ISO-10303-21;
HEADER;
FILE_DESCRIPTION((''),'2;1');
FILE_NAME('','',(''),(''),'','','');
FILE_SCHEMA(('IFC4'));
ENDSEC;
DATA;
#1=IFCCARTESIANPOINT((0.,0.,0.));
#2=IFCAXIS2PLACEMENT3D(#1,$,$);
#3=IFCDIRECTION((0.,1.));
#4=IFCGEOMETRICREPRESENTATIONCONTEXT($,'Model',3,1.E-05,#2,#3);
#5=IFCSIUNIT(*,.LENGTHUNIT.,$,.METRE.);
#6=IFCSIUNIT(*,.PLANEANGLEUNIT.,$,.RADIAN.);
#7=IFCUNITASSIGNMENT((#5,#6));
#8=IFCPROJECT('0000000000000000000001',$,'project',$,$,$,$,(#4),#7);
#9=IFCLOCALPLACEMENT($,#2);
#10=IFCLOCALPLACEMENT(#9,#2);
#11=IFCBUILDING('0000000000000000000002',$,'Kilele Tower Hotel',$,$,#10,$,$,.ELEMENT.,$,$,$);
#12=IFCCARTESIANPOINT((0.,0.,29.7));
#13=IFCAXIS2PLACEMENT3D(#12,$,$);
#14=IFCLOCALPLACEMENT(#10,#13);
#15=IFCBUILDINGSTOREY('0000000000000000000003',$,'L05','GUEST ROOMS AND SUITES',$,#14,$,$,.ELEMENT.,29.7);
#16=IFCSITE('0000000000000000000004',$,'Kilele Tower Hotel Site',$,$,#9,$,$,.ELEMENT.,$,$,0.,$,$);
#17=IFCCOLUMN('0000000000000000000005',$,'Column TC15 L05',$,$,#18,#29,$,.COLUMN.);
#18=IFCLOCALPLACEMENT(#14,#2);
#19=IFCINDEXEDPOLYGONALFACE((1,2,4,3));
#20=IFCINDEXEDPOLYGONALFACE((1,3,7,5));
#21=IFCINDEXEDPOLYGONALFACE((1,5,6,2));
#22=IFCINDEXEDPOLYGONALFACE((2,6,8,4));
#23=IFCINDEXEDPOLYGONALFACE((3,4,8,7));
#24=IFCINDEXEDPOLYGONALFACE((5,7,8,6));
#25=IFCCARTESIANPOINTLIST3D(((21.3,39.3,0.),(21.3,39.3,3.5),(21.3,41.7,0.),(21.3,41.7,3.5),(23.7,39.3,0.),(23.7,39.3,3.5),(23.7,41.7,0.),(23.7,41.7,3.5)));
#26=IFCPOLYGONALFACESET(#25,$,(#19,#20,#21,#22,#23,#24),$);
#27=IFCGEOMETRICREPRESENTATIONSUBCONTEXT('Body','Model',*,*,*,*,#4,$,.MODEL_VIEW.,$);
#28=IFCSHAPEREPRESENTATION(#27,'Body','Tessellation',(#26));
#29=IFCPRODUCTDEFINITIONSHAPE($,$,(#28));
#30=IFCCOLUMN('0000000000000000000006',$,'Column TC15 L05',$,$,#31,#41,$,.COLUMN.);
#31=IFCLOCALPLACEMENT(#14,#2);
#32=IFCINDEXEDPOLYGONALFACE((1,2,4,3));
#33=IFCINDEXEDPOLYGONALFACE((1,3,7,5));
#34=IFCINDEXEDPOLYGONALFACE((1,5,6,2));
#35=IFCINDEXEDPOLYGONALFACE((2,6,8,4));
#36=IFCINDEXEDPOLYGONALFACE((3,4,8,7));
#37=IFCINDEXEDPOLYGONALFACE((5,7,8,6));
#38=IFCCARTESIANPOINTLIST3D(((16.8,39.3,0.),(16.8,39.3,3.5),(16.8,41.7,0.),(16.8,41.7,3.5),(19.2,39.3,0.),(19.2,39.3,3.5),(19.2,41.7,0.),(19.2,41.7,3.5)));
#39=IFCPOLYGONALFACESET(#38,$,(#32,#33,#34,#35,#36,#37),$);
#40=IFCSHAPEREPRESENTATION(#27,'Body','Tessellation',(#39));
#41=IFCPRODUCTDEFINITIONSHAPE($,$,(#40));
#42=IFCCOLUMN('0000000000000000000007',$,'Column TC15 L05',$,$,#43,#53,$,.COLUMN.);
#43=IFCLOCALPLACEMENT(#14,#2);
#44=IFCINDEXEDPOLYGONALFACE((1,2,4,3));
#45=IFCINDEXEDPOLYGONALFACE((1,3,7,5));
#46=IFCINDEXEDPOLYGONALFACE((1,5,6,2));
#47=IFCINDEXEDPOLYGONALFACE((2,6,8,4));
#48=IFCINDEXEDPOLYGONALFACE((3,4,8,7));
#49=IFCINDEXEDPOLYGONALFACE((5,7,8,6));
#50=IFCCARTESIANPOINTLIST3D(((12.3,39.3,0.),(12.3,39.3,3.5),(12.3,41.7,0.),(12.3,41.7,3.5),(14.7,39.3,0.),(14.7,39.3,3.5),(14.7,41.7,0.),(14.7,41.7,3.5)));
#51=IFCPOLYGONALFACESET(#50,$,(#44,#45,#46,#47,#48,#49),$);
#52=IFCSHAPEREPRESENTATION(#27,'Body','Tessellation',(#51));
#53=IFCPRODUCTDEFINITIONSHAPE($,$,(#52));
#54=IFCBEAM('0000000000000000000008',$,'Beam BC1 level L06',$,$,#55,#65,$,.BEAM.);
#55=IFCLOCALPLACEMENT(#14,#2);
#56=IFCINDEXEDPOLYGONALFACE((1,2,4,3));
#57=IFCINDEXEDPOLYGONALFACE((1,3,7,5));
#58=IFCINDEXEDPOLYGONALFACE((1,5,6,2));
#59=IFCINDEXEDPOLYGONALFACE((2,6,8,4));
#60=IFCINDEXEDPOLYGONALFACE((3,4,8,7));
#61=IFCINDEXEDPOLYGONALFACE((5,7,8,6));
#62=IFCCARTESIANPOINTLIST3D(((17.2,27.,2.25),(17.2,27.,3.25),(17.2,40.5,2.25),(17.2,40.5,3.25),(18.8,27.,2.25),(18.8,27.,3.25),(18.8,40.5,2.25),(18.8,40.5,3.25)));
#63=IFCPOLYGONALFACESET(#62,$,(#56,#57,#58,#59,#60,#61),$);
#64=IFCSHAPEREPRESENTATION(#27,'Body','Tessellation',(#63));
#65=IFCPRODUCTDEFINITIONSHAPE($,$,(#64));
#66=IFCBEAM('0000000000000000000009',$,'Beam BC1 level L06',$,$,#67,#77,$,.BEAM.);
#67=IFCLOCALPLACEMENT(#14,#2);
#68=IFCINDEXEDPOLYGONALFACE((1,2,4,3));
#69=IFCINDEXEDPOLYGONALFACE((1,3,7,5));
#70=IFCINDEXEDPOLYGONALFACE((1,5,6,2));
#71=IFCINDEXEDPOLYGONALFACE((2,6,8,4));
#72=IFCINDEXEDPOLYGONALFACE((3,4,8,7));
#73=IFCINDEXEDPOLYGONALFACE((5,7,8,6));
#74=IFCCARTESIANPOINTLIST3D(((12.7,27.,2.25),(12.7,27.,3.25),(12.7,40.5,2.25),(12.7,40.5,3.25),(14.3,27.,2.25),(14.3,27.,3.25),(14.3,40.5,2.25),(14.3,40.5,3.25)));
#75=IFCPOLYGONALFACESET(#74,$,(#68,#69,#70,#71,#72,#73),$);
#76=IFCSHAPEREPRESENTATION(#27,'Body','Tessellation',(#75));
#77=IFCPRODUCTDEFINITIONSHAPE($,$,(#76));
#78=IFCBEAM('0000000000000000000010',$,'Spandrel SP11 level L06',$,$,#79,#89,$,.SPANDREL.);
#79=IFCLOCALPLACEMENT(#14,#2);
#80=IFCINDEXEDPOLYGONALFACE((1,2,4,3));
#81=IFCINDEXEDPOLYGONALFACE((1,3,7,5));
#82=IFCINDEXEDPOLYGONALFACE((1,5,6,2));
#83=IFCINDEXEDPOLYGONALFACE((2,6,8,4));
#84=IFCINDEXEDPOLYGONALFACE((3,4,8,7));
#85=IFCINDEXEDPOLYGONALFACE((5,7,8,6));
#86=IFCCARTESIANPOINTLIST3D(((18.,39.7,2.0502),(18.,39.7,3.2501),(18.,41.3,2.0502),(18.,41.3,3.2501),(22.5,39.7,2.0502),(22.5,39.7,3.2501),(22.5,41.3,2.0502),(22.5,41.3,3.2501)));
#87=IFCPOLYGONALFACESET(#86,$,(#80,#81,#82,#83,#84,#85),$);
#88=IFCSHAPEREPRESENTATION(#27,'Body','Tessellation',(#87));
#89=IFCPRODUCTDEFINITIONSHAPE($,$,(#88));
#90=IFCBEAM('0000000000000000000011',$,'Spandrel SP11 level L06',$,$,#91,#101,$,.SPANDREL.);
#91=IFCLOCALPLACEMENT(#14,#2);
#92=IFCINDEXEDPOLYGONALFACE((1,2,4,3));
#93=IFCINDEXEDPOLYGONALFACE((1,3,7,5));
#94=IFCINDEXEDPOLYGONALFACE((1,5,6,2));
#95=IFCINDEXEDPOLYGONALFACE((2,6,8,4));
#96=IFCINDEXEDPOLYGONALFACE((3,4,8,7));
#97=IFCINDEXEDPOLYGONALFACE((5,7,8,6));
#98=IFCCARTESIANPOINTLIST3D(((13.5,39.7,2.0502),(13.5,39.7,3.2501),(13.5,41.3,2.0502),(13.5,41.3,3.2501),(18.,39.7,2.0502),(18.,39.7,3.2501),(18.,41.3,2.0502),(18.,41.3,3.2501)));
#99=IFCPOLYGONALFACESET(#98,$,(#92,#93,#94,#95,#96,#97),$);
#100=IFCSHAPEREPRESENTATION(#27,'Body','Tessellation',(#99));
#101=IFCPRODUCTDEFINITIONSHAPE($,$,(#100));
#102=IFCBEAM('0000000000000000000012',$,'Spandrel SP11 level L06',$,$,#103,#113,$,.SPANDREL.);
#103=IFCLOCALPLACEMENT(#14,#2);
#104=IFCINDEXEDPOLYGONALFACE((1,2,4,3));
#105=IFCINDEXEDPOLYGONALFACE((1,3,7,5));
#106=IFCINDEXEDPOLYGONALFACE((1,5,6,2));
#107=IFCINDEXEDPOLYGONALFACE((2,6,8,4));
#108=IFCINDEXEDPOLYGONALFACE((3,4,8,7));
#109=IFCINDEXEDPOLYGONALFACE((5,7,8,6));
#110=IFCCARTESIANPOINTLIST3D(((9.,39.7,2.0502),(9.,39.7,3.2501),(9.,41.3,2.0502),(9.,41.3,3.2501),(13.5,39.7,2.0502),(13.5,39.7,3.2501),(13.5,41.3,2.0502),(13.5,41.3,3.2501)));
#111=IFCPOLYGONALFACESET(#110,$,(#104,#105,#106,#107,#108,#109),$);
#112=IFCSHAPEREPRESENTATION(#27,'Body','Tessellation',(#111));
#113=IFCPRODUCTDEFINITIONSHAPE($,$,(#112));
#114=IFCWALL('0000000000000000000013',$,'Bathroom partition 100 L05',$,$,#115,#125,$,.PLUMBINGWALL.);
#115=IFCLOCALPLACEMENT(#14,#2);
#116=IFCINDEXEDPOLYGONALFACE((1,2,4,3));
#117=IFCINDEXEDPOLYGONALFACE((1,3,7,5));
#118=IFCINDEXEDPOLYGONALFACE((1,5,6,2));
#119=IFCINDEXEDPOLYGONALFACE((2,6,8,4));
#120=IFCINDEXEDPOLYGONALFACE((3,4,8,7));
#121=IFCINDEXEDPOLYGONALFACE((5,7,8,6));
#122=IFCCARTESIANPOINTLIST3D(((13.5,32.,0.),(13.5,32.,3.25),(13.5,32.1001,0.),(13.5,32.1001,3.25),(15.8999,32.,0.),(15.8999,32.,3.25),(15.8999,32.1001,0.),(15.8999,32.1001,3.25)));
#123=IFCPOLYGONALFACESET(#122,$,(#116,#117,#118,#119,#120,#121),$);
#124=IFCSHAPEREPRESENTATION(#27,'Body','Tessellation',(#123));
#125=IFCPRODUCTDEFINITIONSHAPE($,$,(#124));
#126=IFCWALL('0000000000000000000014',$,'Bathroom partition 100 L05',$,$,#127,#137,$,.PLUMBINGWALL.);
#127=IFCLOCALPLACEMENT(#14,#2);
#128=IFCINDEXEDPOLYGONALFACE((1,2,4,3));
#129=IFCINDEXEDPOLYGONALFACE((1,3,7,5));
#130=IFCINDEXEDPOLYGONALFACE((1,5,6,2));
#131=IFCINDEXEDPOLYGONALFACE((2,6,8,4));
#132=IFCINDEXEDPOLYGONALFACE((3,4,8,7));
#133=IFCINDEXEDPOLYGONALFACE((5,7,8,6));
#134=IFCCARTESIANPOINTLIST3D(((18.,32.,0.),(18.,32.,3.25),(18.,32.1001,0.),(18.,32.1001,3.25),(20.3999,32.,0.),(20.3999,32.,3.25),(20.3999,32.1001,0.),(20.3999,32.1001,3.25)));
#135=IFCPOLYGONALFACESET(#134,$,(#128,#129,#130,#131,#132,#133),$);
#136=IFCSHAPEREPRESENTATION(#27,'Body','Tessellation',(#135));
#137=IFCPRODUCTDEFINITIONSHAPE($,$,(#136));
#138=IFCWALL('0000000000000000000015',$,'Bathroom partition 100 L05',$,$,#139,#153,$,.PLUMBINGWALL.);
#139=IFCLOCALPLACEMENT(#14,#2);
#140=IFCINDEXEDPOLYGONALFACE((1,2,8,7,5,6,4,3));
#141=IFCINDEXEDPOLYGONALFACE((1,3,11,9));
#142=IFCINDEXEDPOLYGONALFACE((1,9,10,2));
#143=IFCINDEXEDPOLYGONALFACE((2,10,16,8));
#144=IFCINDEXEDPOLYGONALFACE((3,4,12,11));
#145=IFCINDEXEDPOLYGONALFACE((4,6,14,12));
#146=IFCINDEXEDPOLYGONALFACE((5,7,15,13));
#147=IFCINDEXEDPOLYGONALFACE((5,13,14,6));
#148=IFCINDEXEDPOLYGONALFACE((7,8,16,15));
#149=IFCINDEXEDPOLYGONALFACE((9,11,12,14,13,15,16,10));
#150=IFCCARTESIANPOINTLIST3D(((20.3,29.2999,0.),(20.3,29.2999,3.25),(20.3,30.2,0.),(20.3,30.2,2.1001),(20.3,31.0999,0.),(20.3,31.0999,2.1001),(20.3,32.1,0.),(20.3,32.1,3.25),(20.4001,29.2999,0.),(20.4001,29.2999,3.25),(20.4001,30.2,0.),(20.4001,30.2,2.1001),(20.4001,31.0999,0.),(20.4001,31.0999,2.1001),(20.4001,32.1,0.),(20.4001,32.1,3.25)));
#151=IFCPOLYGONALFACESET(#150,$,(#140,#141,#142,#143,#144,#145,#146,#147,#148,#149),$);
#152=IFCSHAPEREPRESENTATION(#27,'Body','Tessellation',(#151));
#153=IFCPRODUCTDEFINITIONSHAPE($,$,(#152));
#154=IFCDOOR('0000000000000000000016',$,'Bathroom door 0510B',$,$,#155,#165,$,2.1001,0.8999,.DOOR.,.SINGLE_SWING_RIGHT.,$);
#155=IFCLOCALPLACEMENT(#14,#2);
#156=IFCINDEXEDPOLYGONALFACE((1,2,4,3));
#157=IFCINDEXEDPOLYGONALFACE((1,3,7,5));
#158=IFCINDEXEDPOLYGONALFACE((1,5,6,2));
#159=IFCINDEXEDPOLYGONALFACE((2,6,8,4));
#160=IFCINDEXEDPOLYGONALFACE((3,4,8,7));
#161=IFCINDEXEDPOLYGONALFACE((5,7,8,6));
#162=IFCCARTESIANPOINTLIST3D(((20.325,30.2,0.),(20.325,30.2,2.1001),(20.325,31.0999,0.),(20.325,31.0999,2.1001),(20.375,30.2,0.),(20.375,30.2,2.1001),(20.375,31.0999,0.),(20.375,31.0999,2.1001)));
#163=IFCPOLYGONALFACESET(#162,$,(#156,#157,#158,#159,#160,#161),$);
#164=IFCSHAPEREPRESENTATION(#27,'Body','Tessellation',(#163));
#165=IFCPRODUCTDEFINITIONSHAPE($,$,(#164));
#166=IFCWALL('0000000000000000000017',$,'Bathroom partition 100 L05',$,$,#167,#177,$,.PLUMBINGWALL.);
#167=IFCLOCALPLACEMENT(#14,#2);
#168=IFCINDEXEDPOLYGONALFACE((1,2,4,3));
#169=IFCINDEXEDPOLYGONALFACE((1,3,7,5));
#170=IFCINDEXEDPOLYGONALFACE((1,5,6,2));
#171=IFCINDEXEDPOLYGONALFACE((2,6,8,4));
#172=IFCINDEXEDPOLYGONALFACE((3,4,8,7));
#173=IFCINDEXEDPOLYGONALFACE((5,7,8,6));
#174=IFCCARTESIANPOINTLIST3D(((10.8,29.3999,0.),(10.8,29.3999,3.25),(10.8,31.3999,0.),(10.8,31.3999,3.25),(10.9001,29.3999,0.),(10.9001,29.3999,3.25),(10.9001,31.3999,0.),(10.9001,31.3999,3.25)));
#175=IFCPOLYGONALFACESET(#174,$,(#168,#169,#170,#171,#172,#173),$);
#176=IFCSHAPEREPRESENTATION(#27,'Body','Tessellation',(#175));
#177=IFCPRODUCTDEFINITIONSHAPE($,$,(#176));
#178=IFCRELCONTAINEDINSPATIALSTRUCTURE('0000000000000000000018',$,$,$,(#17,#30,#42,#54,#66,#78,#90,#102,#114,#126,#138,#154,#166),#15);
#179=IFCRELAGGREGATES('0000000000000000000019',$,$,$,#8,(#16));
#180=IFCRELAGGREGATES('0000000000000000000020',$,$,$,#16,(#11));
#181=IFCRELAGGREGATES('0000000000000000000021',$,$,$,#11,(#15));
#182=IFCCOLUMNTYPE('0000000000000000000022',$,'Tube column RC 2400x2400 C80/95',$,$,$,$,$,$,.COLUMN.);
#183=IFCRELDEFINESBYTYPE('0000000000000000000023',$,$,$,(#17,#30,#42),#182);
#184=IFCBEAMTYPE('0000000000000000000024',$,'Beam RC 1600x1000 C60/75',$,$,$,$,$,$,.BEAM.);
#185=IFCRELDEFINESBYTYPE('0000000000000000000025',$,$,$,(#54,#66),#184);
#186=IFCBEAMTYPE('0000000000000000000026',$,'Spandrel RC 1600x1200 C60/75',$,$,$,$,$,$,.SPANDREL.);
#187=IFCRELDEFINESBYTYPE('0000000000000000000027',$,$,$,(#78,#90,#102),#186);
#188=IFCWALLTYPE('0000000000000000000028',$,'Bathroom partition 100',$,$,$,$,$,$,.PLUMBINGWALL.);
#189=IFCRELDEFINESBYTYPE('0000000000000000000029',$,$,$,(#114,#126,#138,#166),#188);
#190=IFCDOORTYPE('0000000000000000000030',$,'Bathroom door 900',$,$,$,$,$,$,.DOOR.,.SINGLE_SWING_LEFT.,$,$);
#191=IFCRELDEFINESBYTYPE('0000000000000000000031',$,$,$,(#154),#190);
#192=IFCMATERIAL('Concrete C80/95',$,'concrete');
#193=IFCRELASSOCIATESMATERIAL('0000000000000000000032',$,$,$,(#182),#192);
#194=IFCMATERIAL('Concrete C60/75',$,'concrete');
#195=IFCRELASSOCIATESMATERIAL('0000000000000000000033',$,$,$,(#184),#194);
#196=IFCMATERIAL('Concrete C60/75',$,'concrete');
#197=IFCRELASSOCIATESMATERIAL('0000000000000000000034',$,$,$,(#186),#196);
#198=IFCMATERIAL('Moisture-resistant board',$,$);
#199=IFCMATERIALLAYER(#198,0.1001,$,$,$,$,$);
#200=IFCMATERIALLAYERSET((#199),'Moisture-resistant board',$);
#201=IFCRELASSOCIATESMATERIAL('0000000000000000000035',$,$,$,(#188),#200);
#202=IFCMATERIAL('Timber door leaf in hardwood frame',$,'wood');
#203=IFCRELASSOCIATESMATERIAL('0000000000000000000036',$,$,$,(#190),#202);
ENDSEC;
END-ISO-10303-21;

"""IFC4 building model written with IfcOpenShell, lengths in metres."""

from ifc_helpers import new_model, si_unit, direction, frame, frame_2d, origin, origin_2d, place, context, subcontext, project, spatial, rectangle, extrude, material, layer, layer_set, material_profile, profile_set, type_object, element, fill, save


model = new_model("IFC4")

# Units and contexts
model_context = context("Model", 3, precision=1e-05, world=origin(), true_north=direction((0.0, 1.0)))
body_context = subcontext(model_context, "Body", "Model", "MODEL_VIEW")
ifc_project = project(units=[si_unit("LENGTHUNIT", "METRE"), si_unit("PLANEANGLEUNIT", "RADIAN")], contexts=[model_context])

# Site, building, storey
site_placement = place(None, origin())
site = spatial("IfcSite", under=ifc_project, at=site_placement, Name="Kilele Tower Hotel Site", CompositionType="ELEMENT", RefElevation=0.0)
building_placement = place(site_placement, origin())
building = spatial("IfcBuilding", under=site, at=building_placement, Name="Kilele Tower Hotel", CompositionType="ELEMENT")
storey_placement = place(building_placement, frame((0.0, 0.0, 29.7)))
storey = spatial("IfcBuildingStorey", under=building, at=storey_placement, Name="L05", Description="GUEST ROOMS AND SUITES", CompositionType="ELEMENT", Elevation=29.7)

# Columns
ifc_material_1 = material(Name="Concrete C80/95", Category="concrete")
ifc_material_profile_1 = material_profile(ifc_material_1, rectangle(XDim=2.3999, YDim=2.3999, at=origin_2d()))
ifc_profile_set_1 = profile_set([ifc_material_profile_1], Name="Concrete C80/95")
column_type = type_object("IfcColumnType", Name="Tube column RC 2400x2400 C80/95", PredefinedType="COLUMN", material=ifc_profile_set_1)
for number, where, z_axis, x_axis, name in (
    (1, (22.5, 40.5, 0.0), (0.0, 0.0, 1.0), (1.0, 0.0, 0.0), "Column TC15 L05"),
    (2, (18.0, 40.5, 0.0), (0.0, 0.0, 1.0), (1.0, 0.0, 0.0), "Column TC15 L05"),
    (3, (13.5, 40.5, 0.0), (0.0, 0.0, 1.0), (1.0, 0.0, 0.0), "Column TC15 L05"),
):
    element("IfcColumn", number, at=place(storey_placement, frame(where, z_axis=z_axis, x_axis=x_axis)), inside=storey, type_object=column_type, Name=name, PredefinedType="COLUMN", context=body_context, shape_type="SweptSolid", body=[
        extrude(rectangle(XDim=2.3999, YDim=2.3999, at=origin_2d()), origin(), (0.0, 0.0, 1.0), 3.5),
    ])

# Beams
ifc_material_2 = material(Name="Concrete C60/75", Category="concrete")
ifc_material_profile_2 = material_profile(ifc_material_2, rectangle(XDim=1.6001, YDim=1.0, at=origin_2d()))
ifc_profile_set_2 = profile_set([ifc_material_profile_2], Name="Concrete C60/75")
beam_type_1 = type_object("IfcBeamType", Name="Beam RC 1600x1000 C60/75", PredefinedType="BEAM", material=ifc_profile_set_2)
for number, where, z_axis, x_axis, name in (
    (4, (18.0, 40.5, 2.75), (0.0, -1.0, 0.0), (1.0, 0.0, 0.0), "Beam BC1 level L06"),
    (5, (13.5, 40.5, 2.75), (0.0, -1.0, 0.0), (1.0, 0.0, 0.0), "Beam BC1 level L06"),
):
    element("IfcBeam", number, at=place(storey_placement, frame(where, z_axis=z_axis, x_axis=x_axis)), inside=storey, type_object=beam_type_1, Name=name, PredefinedType="BEAM", context=body_context, shape_type="SweptSolid", body=[
        extrude(rectangle(XDim=1.6001, YDim=1.0, at=origin_2d()), origin(), (0.0, 0.0, 1.0), 13.5),
    ])
ifc_material_3 = material(Name="Concrete C60/75", Category="concrete")
ifc_material_profile_3 = material_profile(ifc_material_3, rectangle(XDim=1.6001, YDim=1.2, at=origin_2d()))
ifc_profile_set_3 = profile_set([ifc_material_profile_3], Name="Concrete C60/75")
beam_type_2 = type_object("IfcBeamType", Name="Spandrel RC 1600x1200 C60/75", PredefinedType="SPANDREL", material=ifc_profile_set_3)
for number, where, z_axis, x_axis, name in (
    (6, (22.5, 40.5, 2.6501), (-1.0, 0.0, 0.0), (0.0, -1.0, 0.0), "Spandrel SP11 level L06"),
    (7, (18.0, 40.5, 2.6501), (-1.0, 0.0, 0.0), (0.0, -1.0, 0.0), "Spandrel SP11 level L06"),
    (8, (13.5, 40.5, 2.6501), (-1.0, 0.0, 0.0), (0.0, -1.0, 0.0), "Spandrel SP11 level L06"),
):
    element("IfcBeam", number, at=place(storey_placement, frame(where, z_axis=z_axis, x_axis=x_axis)), inside=storey, type_object=beam_type_2, Name=name, PredefinedType="SPANDREL", context=body_context, shape_type="SweptSolid", body=[
        extrude(rectangle(XDim=1.6001, YDim=1.2, at=origin_2d()), origin(), (0.0, 0.0, 1.0), 4.5),
    ])

# Walls
ifc_material_4 = material(Name="Moisture-resistant board")
ifc_layer_1 = layer(ifc_material_4, 0.1001)
ifc_layer_set_1 = layer_set([ifc_layer_1], Name="Moisture-resistant board")
wall_type_1 = type_object("IfcWallType", Name="Bathroom partition 100", PredefinedType="PLUMBINGWALL", material=ifc_layer_set_1)
for number, where, z_axis, x_axis, name in (
    (9, (13.5, 32.05, 0.0), (0.0, 0.0, 1.0), (1.0, 0.0, 0.0), "Bathroom partition 100 L05"),
    (10, (18.0, 32.05, 0.0), (0.0, 0.0, 1.0), (1.0, 0.0, 0.0), "Bathroom partition 100 L05"),
):
    element("IfcWall", number, at=place(storey_placement, frame(where, z_axis=z_axis, x_axis=x_axis)), inside=storey, type_object=wall_type_1, Name=name, PredefinedType="PLUMBINGWALL", context=body_context, shape_type="SweptSolid", body=[
        extrude(rectangle(XDim=2.3999, YDim=0.1001, at=frame_2d((1.2, 0.0))), origin(), (0.0, 0.0, 1.0), 3.25),
    ])

# Wall, opening, door
wall_1_placement = place(storey_placement, frame((20.3501, 29.3, 0.0), z_axis=(0.0, 0.0, 1.0), x_axis=(0.0, 1.0, 0.0)))
wall_1 = element("IfcWall", 11, at=wall_1_placement, inside=storey, type_object=wall_type_1, Name="Bathroom partition 100 L05", PredefinedType="PLUMBINGWALL", context=body_context, shape_type="SweptSolid", body=[
    extrude(rectangle(XDim=2.8, YDim=0.1001, at=frame_2d((1.3999, 0.0))), origin(), (0.0, 0.0, 1.0), 3.25),
])
opening_1_placement = place(wall_1_placement, frame((1.7998, 0.0, 0.0), z_axis=(0.0, 0.0, 1.0), x_axis=(-1.0, 0.0, 0.0)))
opening_1 = element("IfcOpeningElement", 12, at=opening_1_placement, cuts=wall_1, PredefinedType="OPENING", context=body_context, shape_type="SweptSolid", body=[
    extrude(rectangle(XDim=0.8999, YDim=2.1001, at=frame_2d((0.45, 1.05))), frame((0.0, 0.0601, 0.0), z_axis=(0.0, -1.0, 0.0), x_axis=(1.0, 0.0, 0.0)), (0.0, 0.0, 1.0), 0.1201),
])
ifc_material_5 = material(Name="Timber door leaf in hardwood frame", Category="wood")
door_type_1 = type_object("IfcDoorType", Name="Bathroom door 900", OperationType="SINGLE_SWING_LEFT", PredefinedType="DOOR", material=ifc_material_5)
door_1_placement = place(opening_1_placement, origin())
door_1 = element("IfcDoor", 13, at=door_1_placement, inside=storey, type_object=door_type_1, Name="Bathroom door 0510B", OperationType="SINGLE_SWING_RIGHT", OverallHeight=2.1001, OverallWidth=0.8999, PredefinedType="DOOR", context=body_context, shape_type="SweptSolid", body=[
    extrude(rectangle(XDim=0.8999, YDim=2.1001, at=frame_2d((0.45, 1.05))), frame((0.0, 0.0249, 0.0), z_axis=(0.0, -1.0, 0.0), x_axis=(1.0, 0.0, 0.0)), (0.0, 0.0, 1.0), 0.05),
])
fill(opening_1, door_1)

# Wall
wall_2_placement = place(storey_placement, frame((10.8501, 31.3999, 0.0), z_axis=(0.0, 0.0, 1.0), x_axis=(0.0, -1.0, 0.0)))
element("IfcWall", 14, at=wall_2_placement, inside=storey, type_object=wall_type_1, Name="Bathroom partition 100 L05", PredefinedType="PLUMBINGWALL", context=body_context, shape_type="SweptSolid", body=[
    extrude(rectangle(XDim=2.0, YDim=0.1001, at=frame_2d((1.0, 0.0))), origin(), (0.0, 0.0, 1.0), 3.25),
])

save(model, "model.ifc")
